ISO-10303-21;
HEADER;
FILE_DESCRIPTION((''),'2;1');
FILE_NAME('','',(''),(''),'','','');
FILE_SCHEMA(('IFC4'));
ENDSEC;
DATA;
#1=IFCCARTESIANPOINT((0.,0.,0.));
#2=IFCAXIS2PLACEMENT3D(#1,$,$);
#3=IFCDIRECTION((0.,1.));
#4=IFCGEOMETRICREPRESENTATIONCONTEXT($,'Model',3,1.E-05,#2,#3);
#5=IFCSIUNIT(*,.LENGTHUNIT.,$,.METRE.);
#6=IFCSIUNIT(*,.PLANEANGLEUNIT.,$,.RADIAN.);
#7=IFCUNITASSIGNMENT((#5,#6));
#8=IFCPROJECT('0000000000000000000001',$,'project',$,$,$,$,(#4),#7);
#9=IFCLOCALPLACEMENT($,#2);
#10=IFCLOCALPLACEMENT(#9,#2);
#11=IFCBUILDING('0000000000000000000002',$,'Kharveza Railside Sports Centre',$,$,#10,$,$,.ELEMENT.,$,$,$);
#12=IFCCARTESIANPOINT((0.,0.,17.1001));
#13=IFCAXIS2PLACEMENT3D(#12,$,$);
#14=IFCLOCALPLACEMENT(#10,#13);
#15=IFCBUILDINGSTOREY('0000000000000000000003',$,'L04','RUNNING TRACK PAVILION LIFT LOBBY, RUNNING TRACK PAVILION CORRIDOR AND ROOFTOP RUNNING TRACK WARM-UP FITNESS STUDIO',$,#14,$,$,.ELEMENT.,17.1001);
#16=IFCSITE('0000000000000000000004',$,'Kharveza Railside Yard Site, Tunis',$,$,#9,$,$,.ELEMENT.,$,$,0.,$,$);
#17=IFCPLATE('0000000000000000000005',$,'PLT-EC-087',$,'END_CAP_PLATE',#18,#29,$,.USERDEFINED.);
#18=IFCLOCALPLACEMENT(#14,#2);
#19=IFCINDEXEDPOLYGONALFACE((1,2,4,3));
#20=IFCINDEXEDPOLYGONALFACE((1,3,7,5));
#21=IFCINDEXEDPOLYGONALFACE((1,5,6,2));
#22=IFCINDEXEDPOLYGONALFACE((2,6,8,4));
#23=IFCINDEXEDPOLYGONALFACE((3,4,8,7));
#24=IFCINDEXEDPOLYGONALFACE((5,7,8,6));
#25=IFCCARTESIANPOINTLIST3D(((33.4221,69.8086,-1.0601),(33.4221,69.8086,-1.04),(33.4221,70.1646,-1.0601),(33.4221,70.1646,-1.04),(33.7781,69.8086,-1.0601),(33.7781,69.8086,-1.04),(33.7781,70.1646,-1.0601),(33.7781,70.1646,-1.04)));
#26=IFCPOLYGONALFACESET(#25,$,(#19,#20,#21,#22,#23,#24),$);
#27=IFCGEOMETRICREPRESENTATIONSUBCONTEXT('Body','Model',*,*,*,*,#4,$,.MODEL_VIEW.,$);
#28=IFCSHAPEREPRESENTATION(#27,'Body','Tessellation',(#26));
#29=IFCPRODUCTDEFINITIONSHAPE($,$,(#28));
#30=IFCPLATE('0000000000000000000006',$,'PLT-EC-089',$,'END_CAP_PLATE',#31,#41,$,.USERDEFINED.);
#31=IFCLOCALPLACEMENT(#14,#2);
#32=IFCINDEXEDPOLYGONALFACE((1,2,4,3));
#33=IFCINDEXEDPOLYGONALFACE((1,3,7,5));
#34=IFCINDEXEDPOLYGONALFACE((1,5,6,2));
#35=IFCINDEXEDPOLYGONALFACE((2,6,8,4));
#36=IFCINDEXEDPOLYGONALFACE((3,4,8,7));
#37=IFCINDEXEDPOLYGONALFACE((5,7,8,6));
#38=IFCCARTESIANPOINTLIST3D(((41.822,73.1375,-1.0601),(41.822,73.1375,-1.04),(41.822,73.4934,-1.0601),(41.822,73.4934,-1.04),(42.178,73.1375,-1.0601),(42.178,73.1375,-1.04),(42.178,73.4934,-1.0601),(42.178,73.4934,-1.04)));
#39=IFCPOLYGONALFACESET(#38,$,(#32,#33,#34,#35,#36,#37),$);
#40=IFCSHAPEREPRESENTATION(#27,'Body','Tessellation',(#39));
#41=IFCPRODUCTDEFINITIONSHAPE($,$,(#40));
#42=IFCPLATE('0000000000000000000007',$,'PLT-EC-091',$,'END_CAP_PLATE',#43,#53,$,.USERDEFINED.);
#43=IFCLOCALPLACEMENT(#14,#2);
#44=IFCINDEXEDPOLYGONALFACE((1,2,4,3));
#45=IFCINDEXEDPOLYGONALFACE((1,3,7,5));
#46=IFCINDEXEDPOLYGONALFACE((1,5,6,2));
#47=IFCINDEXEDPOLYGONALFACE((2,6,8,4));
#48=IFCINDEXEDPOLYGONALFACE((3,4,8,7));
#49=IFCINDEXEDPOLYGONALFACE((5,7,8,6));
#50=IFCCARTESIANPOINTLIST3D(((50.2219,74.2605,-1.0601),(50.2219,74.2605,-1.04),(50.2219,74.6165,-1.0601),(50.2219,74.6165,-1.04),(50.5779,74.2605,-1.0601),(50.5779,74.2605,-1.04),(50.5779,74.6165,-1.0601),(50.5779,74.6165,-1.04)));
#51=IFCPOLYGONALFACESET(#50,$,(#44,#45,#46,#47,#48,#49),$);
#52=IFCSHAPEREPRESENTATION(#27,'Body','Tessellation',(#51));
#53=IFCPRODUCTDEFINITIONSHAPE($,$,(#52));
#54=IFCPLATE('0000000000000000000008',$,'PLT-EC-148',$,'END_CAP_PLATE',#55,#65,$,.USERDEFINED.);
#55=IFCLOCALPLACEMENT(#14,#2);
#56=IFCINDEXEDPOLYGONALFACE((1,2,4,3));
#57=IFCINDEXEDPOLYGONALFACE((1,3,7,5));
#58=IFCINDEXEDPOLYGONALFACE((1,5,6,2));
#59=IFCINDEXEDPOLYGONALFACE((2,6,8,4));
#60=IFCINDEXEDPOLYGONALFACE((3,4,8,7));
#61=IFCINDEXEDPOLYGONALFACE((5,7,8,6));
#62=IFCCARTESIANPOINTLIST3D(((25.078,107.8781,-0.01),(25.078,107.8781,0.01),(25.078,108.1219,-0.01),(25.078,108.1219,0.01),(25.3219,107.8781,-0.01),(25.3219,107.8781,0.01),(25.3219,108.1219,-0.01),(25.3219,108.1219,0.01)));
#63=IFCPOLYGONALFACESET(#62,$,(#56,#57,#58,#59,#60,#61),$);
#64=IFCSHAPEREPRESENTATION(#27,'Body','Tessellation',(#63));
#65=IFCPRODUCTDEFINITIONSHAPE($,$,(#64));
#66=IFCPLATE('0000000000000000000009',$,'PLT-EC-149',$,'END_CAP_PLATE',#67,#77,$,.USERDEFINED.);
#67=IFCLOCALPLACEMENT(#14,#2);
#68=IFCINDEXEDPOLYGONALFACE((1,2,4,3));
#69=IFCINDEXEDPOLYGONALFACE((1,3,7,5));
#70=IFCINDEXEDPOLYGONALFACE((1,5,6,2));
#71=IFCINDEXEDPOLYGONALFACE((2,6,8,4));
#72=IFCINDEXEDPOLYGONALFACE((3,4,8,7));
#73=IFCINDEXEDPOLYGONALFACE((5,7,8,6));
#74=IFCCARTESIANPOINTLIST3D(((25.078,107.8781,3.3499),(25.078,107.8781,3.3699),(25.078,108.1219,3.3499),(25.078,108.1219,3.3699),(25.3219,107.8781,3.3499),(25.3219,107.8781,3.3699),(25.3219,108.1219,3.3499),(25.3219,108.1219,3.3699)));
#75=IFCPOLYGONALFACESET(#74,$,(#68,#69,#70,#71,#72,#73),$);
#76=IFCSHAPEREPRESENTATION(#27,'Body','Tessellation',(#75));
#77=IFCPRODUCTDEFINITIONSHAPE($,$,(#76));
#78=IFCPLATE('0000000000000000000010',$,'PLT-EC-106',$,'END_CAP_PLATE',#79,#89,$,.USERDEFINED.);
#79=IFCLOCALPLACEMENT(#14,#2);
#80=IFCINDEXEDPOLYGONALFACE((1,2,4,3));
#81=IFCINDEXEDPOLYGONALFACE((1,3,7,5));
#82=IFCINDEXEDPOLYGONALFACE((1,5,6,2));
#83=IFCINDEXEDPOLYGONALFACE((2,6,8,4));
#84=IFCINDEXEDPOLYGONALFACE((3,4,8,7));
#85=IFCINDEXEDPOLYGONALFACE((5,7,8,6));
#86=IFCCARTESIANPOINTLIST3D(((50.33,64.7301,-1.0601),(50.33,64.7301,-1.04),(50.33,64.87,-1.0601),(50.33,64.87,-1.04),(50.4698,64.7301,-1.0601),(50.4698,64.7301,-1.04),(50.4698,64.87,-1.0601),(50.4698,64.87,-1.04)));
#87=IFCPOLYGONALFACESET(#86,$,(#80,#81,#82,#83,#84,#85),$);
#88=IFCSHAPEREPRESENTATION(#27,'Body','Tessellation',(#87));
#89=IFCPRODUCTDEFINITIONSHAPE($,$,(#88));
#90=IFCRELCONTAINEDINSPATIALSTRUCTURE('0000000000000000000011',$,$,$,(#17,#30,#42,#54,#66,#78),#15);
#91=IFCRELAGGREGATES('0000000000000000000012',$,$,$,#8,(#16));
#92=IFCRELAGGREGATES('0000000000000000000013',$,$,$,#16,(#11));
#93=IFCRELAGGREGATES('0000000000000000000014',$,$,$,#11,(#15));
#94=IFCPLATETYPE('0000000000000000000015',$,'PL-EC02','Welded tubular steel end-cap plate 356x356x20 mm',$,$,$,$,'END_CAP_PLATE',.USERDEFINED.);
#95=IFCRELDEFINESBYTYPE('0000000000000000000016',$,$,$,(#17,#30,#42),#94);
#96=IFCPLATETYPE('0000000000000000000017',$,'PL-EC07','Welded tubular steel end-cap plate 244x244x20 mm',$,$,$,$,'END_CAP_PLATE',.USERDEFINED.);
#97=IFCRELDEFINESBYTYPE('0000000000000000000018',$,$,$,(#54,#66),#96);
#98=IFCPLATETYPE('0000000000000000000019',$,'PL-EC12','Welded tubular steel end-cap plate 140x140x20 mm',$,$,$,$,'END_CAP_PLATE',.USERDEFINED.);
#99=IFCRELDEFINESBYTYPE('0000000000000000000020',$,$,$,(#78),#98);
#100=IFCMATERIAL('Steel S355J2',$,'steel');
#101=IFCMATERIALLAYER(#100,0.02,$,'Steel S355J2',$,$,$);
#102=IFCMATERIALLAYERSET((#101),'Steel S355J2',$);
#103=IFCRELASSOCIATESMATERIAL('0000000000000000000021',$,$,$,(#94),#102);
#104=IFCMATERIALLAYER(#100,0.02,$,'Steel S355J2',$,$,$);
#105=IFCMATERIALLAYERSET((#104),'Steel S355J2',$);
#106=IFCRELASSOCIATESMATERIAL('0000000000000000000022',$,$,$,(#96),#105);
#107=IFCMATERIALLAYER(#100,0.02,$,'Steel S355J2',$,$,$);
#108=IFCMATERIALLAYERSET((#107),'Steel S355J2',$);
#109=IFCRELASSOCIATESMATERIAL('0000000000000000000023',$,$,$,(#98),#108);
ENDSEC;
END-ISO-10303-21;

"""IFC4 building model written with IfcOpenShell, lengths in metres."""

from ifc_helpers import new_model, si_unit, direction, frame, origin, origin_2d, place, context, subcontext, project, spatial, rectangle, extrude, material, layer, layer_set, type_object, element, save


model = new_model("IFC4")

# Units and contexts
model_context = context("Model", 3, precision=1e-05, world=origin(), true_north=direction((0.0, 1.0)))
body_context = subcontext(model_context, "Body", "Model", "MODEL_VIEW")
ifc_project = project(units=[si_unit("LENGTHUNIT", "METRE"), si_unit("PLANEANGLEUNIT", "RADIAN")], contexts=[model_context])

# Site, building, storey
site_placement = place(None, origin())
site = spatial("IfcSite", under=ifc_project, at=site_placement, Name="Kharveza Railside Yard Site, Tunis", CompositionType="ELEMENT", RefElevation=0.0)
building_placement = place(site_placement, origin())
building = spatial("IfcBuilding", under=site, at=building_placement, Name="Kharveza Railside Sports Centre", CompositionType="ELEMENT")
storey_placement = place(building_placement, frame((0.0, 0.0, 17.1001)))
storey = spatial("IfcBuildingStorey", under=building, at=storey_placement, Name="L04", Description="RUNNING TRACK PAVILION LIFT LOBBY, RUNNING TRACK PAVILION CORRIDOR AND ROOFTOP RUNNING TRACK WARM-UP FITNESS STUDIO", CompositionType="ELEMENT", Elevation=17.1001)

# Shared definitions
ifc_material_1 = material(Name="Steel S355J2", Category="steel")

# Plates
ifc_layer_1 = layer(ifc_material_1, 0.02, Name="Steel S355J2")
ifc_layer_set_1 = layer_set([ifc_layer_1], Name="Steel S355J2")
plate_type_1 = type_object("IfcPlateType", Name="PL-EC02", Description="Welded tubular steel end-cap plate 356x356x20 mm", ElementType="END_CAP_PLATE", PredefinedType="USERDEFINED", material=ifc_layer_set_1)
for number, where, z_axis, x_axis, name in (
    (1, (33.6001, 69.9866, -1.0601), (0.0, 0.0, 1.0), (1.0, 0.0, 0.0), "PLT-EC-087"),
    (2, (42.0, 73.3154, -1.0601), (0.0, 0.0, 1.0), (1.0, 0.0, 0.0), "PLT-EC-089"),
    (3, (50.3999, 74.4385, -1.0601), (0.0, 0.0, 1.0), (1.0, 0.0, 0.0), "PLT-EC-091"),
):
    element("IfcPlate", number, at=place(storey_placement, frame(where, z_axis=z_axis, x_axis=x_axis)), inside=storey, type_object=plate_type_1, Name=name, ObjectType="END_CAP_PLATE", PredefinedType="USERDEFINED", context=body_context, shape_type="SweptSolid", body=[
        extrude(rectangle(XDim=0.356, YDim=0.356, at=origin_2d()), origin(), (0.0, 0.0, 1.0), 0.02),
    ])
ifc_layer_2 = layer(ifc_material_1, 0.02, Name="Steel S355J2")
ifc_layer_set_2 = layer_set([ifc_layer_2], Name="Steel S355J2")
plate_type_2 = type_object("IfcPlateType", Name="PL-EC07", Description="Welded tubular steel end-cap plate 244x244x20 mm", ElementType="END_CAP_PLATE", PredefinedType="USERDEFINED", material=ifc_layer_set_2)
for number, where, z_axis, x_axis, name in (
    (4, (25.2, 108.0, -0.01), (0.0, 0.0, 1.0), (1.0, 0.0, 0.0), "PLT-EC-148"),
    (5, (25.2, 108.0, 3.3499), (0.0, 0.0, 1.0), (1.0, 0.0, 0.0), "PLT-EC-149"),
):
    element("IfcPlate", number, at=place(storey_placement, frame(where, z_axis=z_axis, x_axis=x_axis)), inside=storey, type_object=plate_type_2, Name=name, ObjectType="END_CAP_PLATE", PredefinedType="USERDEFINED", context=body_context, shape_type="SweptSolid", body=[
        extrude(rectangle(XDim=0.2439, YDim=0.2439, at=origin_2d()), origin(), (0.0, 0.0, 1.0), 0.02),
    ])
ifc_layer_3 = layer(ifc_material_1, 0.02, Name="Steel S355J2")
ifc_layer_set_3 = layer_set([ifc_layer_3], Name="Steel S355J2")
plate_type_3 = type_object("IfcPlateType", Name="PL-EC12", Description="Welded tubular steel end-cap plate 140x140x20 mm", ElementType="END_CAP_PLATE", PredefinedType="USERDEFINED", material=ifc_layer_set_3)
plate_1_placement = place(storey_placement, frame((50.3999, 64.8, -1.0601), z_axis=(0.0, 0.0, 1.0), x_axis=(1.0, 0.0, 0.0)))
element("IfcPlate", 6, at=plate_1_placement, inside=storey, type_object=plate_type_3, Name="PLT-EC-106", ObjectType="END_CAP_PLATE", PredefinedType="USERDEFINED", context=body_context, shape_type="SweptSolid", body=[
    extrude(rectangle(XDim=0.1399, YDim=0.1399, at=origin_2d()), origin(), (0.0, 0.0, 1.0), 0.02),
])

save(model, "model.ifc")
